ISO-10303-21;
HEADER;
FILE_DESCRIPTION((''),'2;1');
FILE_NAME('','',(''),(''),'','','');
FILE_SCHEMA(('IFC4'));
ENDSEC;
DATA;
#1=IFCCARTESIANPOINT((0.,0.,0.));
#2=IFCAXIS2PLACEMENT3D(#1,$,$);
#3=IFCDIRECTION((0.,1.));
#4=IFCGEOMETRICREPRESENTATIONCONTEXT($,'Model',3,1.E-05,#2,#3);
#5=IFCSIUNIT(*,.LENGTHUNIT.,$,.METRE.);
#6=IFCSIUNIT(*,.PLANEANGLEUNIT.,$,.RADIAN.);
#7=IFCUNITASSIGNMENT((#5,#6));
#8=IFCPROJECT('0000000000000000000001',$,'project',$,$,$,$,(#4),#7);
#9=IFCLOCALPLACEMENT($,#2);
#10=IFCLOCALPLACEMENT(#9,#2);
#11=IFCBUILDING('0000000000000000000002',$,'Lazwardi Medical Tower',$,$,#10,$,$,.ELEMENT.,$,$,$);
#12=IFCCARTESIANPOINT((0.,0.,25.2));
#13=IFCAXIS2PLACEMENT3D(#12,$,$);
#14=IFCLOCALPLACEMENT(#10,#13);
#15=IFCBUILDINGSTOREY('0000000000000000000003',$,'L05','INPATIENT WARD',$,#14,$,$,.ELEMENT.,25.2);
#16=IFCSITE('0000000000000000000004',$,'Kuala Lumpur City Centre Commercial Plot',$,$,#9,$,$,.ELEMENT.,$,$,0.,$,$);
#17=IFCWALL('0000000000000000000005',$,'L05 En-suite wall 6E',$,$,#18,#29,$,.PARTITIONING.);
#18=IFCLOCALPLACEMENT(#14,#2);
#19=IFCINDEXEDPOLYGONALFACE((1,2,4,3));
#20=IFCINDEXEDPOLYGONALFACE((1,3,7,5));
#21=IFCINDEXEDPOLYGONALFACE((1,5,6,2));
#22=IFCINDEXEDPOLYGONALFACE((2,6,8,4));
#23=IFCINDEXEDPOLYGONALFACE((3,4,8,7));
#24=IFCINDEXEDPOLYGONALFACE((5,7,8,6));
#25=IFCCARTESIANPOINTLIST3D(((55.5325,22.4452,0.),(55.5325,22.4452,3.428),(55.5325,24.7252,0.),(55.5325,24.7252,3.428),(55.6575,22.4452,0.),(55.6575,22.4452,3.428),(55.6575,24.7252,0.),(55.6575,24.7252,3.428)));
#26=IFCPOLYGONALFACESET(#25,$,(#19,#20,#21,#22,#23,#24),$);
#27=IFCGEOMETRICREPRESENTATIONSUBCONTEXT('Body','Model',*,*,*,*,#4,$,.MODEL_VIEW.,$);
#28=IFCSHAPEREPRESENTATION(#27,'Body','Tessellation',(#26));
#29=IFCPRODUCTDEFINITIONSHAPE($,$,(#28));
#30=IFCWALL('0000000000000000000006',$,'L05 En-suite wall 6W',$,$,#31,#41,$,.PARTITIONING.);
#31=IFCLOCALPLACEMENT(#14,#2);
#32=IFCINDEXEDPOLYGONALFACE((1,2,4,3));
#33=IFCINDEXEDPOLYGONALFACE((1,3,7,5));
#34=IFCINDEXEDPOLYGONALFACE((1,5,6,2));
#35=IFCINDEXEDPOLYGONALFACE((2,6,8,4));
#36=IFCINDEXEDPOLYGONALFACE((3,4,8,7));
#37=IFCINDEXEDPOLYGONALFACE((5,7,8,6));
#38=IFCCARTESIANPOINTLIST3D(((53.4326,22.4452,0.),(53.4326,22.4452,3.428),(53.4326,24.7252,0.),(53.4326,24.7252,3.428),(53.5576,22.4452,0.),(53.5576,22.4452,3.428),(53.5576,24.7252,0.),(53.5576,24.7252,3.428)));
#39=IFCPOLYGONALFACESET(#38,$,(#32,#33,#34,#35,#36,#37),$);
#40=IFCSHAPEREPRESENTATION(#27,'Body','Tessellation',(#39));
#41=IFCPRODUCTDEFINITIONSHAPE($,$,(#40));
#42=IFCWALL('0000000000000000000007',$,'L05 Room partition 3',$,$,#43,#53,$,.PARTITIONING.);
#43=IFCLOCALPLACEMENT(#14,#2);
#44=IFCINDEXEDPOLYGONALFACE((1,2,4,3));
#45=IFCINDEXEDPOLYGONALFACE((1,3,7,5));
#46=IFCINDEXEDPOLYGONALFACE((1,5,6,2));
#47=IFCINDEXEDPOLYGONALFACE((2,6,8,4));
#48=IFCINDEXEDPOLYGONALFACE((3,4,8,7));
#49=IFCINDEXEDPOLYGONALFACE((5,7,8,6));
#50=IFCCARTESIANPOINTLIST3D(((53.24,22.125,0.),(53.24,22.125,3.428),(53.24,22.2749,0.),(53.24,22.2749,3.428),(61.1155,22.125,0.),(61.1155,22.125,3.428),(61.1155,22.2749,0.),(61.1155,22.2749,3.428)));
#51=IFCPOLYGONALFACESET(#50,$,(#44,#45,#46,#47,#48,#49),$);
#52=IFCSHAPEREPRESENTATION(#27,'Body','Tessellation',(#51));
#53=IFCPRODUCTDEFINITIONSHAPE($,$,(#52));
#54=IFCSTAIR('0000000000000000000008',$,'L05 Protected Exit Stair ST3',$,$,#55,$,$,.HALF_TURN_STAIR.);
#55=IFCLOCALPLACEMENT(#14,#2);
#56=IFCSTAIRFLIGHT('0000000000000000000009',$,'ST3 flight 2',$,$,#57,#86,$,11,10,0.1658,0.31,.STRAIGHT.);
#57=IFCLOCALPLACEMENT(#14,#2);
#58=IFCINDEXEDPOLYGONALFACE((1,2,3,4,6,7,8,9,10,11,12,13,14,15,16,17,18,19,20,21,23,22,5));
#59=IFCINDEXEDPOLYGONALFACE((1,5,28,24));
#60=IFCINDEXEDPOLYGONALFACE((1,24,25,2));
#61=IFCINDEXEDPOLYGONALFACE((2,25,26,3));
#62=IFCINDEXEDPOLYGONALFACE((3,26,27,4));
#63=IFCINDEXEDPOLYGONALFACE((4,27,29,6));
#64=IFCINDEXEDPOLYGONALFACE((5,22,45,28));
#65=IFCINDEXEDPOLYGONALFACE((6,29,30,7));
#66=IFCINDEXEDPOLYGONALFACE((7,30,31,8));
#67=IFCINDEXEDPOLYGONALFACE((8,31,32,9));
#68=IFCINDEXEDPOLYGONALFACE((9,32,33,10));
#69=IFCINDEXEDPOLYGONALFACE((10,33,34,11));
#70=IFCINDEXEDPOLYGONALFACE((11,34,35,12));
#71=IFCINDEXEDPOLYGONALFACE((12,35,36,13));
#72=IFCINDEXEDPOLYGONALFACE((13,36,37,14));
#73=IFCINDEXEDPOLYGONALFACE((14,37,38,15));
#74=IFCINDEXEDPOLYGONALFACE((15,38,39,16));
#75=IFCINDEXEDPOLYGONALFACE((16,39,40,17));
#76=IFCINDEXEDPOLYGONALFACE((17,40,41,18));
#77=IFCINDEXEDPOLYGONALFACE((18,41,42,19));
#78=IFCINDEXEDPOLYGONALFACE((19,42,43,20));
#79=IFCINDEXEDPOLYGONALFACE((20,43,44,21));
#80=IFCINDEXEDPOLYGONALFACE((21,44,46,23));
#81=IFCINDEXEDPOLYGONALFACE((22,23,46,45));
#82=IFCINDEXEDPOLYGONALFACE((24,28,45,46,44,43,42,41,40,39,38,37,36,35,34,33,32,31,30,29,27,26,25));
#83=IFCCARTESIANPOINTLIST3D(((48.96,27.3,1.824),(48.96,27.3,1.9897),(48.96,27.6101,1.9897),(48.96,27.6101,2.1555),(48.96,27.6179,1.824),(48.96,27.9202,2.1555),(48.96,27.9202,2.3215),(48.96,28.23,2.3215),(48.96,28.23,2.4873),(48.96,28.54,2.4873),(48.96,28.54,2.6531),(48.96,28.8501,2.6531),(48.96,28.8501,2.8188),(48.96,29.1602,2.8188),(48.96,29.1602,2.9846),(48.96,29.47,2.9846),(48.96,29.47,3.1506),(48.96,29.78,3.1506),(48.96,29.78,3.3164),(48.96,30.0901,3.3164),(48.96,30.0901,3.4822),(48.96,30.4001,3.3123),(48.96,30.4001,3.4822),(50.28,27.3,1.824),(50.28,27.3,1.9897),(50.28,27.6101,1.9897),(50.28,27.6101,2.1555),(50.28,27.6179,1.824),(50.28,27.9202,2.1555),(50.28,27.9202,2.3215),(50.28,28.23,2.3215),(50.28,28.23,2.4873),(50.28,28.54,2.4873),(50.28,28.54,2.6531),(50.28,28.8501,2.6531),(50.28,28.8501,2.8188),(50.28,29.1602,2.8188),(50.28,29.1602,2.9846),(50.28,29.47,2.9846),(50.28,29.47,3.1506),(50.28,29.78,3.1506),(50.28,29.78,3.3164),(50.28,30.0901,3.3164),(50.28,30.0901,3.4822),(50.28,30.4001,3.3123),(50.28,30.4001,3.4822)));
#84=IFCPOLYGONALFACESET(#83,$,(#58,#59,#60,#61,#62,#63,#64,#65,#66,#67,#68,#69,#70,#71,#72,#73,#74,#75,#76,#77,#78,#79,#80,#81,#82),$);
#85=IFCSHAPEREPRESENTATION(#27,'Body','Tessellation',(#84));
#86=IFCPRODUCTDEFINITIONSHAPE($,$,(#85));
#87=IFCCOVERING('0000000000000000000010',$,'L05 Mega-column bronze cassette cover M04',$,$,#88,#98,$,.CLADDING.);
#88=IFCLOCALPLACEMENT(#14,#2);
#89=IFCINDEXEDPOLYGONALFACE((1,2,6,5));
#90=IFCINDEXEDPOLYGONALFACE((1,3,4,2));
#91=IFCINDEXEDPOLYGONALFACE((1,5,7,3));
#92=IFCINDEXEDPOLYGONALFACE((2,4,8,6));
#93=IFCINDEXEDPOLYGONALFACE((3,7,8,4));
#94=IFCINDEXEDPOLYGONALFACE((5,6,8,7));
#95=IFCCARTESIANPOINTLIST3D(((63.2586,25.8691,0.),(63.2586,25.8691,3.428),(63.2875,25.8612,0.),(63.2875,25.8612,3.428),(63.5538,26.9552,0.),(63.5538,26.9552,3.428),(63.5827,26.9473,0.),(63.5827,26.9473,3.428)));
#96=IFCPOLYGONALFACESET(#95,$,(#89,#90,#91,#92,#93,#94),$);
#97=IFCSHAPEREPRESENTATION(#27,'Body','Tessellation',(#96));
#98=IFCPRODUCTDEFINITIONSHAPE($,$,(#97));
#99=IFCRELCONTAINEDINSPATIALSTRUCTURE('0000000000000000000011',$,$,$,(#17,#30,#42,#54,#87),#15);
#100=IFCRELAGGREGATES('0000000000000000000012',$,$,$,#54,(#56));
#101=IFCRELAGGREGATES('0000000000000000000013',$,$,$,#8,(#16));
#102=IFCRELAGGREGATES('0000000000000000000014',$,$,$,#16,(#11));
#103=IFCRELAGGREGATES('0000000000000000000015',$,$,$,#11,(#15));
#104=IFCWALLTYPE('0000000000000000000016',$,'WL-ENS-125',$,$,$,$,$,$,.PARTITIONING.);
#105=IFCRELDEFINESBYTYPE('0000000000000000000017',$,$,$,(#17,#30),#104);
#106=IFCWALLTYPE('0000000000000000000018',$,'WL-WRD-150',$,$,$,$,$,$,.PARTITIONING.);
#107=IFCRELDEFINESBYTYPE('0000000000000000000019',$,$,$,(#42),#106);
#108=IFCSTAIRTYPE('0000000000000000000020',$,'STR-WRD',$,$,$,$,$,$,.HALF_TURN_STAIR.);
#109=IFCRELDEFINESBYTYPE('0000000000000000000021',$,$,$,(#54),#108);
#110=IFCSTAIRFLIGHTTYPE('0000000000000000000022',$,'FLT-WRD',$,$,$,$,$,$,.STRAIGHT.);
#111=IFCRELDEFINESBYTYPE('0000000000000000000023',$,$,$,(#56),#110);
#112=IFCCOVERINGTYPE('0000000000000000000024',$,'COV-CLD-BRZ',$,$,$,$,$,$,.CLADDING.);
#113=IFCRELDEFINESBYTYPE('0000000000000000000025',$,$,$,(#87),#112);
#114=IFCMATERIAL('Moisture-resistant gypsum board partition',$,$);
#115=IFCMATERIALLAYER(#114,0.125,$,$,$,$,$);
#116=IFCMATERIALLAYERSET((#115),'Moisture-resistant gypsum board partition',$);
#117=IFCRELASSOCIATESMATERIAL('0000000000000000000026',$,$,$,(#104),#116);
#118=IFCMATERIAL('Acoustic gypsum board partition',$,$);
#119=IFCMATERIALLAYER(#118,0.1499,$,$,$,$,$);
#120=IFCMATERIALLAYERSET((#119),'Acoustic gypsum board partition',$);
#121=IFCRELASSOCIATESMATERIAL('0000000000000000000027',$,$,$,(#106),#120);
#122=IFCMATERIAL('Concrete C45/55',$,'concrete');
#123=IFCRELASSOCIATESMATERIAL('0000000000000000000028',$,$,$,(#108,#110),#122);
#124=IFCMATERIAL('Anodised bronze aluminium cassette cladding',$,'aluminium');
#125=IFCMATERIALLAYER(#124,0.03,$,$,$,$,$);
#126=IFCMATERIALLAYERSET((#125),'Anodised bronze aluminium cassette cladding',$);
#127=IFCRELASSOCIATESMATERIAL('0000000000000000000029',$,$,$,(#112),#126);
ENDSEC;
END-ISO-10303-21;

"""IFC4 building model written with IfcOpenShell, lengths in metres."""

from ifc_helpers import new_model, si_unit, direction, frame, frame_2d, origin, origin_2d, place, context, subcontext, project, spatial, polyline, rectangle, outline, extrude, material, layer, layer_set, type_object, element, aggregate, save


model = new_model("IFC4")

# Units and contexts
model_context = context("Model", 3, precision=1e-05, world=origin(), true_north=direction((0.0, 1.0)))
body_context = subcontext(model_context, "Body", "Model", "MODEL_VIEW")
ifc_project = project(units=[si_unit("LENGTHUNIT", "METRE"), si_unit("PLANEANGLEUNIT", "RADIAN")], contexts=[model_context])

# Site, building, storey
site_placement = place(None, origin())
site = spatial("IfcSite", under=ifc_project, at=site_placement, Name="Kuala Lumpur City Centre Commercial Plot", CompositionType="ELEMENT", RefElevation=0.0)
building_placement = place(site_placement, origin())
building = spatial("IfcBuilding", under=site, at=building_placement, Name="Lazwardi Medical Tower", CompositionType="ELEMENT")
storey_placement = place(building_placement, frame((0.0, 0.0, 25.2)))
storey = spatial("IfcBuildingStorey", under=building, at=storey_placement, Name="L05", Description="INPATIENT WARD", CompositionType="ELEMENT", Elevation=25.2)

# Shared definitions
ifc_material_1 = material(Name="Moisture-resistant gypsum board partition")
ifc_layer_1 = layer(ifc_material_1, 0.125)
ifc_layer_set_1 = layer_set([ifc_layer_1], Name="Moisture-resistant gypsum board partition")
wall_type_1 = type_object("IfcWallType", Name="WL-ENS-125", PredefinedType="PARTITIONING", material=ifc_layer_set_1)

# Walls
for number, where, z_axis, x_axis, name in (
    (1, (55.595, 22.4451, 0.0), (0.0, 0.0, 1.0), (0.0, 1.0, 0.0), "L05 En-suite wall 6E"),
    (2, (53.4951, 22.4451, 0.0), (0.0, 0.0, 1.0), (0.0, 1.0, 0.0), "L05 En-suite wall 6W"),
):
    element("IfcWall", number, at=place(storey_placement, frame(where, z_axis=z_axis, x_axis=x_axis)), inside=storey, type_object=wall_type_1, Name=name, PredefinedType="PARTITIONING", context=body_context, shape_type="SweptSolid", body=[
        extrude(rectangle(XDim=2.28, YDim=0.125, at=frame_2d((1.1401, 0.0))), origin(), (0.0, 0.0, 1.0), 3.428),
    ])
ifc_material_2 = material(Name="Acoustic gypsum board partition")
ifc_layer_2 = layer(ifc_material_2, 0.1499)
ifc_layer_set_2 = layer_set([ifc_layer_2], Name="Acoustic gypsum board partition")
wall_type_2 = type_object("IfcWallType", Name="WL-WRD-150", PredefinedType="PARTITIONING", material=ifc_layer_set_2)
wall_1_placement = place(storey_placement, frame((53.24, 22.2, 0.0), z_axis=(0.0, 0.0, 1.0), x_axis=(1.0, 0.0, 0.0)))
element("IfcWall", 3, at=wall_1_placement, inside=storey, type_object=wall_type_2, Name="L05 Room partition 3", PredefinedType="PARTITIONING", context=body_context, shape_type="SweptSolid", body=[
    extrude(rectangle(XDim=7.8755, YDim=0.1499, at=frame_2d((3.9377, 0.0))), origin(), (0.0, 0.0, 1.0), 3.428),
])

# Stair, stair flight
ifc_material_3 = material(Name="Concrete C45/55", Category="concrete")
stair_type = type_object("IfcStairType", Name="STR-WRD", PredefinedType="HALF_TURN_STAIR", material=ifc_material_3)
stair_placement = place(storey_placement, origin())
stair = element("IfcStair", 4, at=stair_placement, inside=storey, type_object=stair_type, Name="L05 Protected Exit Stair ST3", PredefinedType="HALF_TURN_STAIR")
stair_flight_type = type_object("IfcStairFlightType", Name="FLT-WRD", PredefinedType="STRAIGHT", material=ifc_material_3)
stair_flight_placement = place(storey_placement, frame((49.6201, 27.3, 1.824), z_axis=(0.0, 0.0, 1.0), x_axis=(0.0, 1.0, 0.0)))
stair_flight = element("IfcStairFlight", 5, at=stair_flight_placement, type_object=stair_flight_type, Name="ST3 flight 2", NumberOfRisers=11, NumberOfTreads=10, PredefinedType="STRAIGHT", RiserHeight=0.1658, TreadLength=0.31, context=body_context, shape_type="SweptSolid", body=[
    extrude(outline(polyline([(0.0, 0.0), (0.0, 0.1658), (0.3101, 0.1658), (0.3101, 0.3315), (0.6201, 0.3315), (0.6201, 0.4976), (0.9299, 0.4976), (0.9299, 0.6633), (1.24, 0.6633), (1.24, 0.8291), (1.55, 0.8291), (1.55, 0.9949), (1.8601, 0.9949), (1.8601, 1.1606), (2.1699, 1.1606), (2.1699, 1.3267), (2.48, 1.3267), (2.48, 1.4924), (2.79, 1.4924), (2.79, 1.6582), (3.1001, 1.6582), (3.1001, 1.824), (3.1001, 1.4883), (0.3179, 0.0), (0.0, 0.0)])), frame((0.0, 0.6602, 0.0), z_axis=(0.0, -1.0, 0.0), x_axis=(1.0, 0.0, 0.0)), (0.0, 0.0, 1.0), 1.3201),
])
aggregate(stair, [stair_flight])

# Covering
ifc_material_4 = material(Name="Anodised bronze aluminium cassette cladding", Category="aluminium")
ifc_layer_3 = layer(ifc_material_4, 0.03)
ifc_layer_set_3 = layer_set([ifc_layer_3], Name="Anodised bronze aluminium cassette cladding")
covering_type = type_object("IfcCoveringType", Name="COV-CLD-BRZ", PredefinedType="CLADDING", material=ifc_layer_set_3)
covering_placement = place(storey_placement, frame((63.4207, 26.4082, 0.0), z_axis=(0.0, 0.0, 1.0), x_axis=(0.262283, 0.964991, 0.0)))
element("IfcCovering", 6, at=covering_placement, inside=storey, type_object=covering_type, Name="L05 Mega-column bronze cassette cover M04", PredefinedType="CLADDING", context=body_context, shape_type="SweptSolid", body=[
    extrude(rectangle(XDim=1.1255, YDim=0.03, at=origin_2d()), origin(), (0.0, 0.0, 1.0), 3.428),
])

save(model, "model.ifc")
